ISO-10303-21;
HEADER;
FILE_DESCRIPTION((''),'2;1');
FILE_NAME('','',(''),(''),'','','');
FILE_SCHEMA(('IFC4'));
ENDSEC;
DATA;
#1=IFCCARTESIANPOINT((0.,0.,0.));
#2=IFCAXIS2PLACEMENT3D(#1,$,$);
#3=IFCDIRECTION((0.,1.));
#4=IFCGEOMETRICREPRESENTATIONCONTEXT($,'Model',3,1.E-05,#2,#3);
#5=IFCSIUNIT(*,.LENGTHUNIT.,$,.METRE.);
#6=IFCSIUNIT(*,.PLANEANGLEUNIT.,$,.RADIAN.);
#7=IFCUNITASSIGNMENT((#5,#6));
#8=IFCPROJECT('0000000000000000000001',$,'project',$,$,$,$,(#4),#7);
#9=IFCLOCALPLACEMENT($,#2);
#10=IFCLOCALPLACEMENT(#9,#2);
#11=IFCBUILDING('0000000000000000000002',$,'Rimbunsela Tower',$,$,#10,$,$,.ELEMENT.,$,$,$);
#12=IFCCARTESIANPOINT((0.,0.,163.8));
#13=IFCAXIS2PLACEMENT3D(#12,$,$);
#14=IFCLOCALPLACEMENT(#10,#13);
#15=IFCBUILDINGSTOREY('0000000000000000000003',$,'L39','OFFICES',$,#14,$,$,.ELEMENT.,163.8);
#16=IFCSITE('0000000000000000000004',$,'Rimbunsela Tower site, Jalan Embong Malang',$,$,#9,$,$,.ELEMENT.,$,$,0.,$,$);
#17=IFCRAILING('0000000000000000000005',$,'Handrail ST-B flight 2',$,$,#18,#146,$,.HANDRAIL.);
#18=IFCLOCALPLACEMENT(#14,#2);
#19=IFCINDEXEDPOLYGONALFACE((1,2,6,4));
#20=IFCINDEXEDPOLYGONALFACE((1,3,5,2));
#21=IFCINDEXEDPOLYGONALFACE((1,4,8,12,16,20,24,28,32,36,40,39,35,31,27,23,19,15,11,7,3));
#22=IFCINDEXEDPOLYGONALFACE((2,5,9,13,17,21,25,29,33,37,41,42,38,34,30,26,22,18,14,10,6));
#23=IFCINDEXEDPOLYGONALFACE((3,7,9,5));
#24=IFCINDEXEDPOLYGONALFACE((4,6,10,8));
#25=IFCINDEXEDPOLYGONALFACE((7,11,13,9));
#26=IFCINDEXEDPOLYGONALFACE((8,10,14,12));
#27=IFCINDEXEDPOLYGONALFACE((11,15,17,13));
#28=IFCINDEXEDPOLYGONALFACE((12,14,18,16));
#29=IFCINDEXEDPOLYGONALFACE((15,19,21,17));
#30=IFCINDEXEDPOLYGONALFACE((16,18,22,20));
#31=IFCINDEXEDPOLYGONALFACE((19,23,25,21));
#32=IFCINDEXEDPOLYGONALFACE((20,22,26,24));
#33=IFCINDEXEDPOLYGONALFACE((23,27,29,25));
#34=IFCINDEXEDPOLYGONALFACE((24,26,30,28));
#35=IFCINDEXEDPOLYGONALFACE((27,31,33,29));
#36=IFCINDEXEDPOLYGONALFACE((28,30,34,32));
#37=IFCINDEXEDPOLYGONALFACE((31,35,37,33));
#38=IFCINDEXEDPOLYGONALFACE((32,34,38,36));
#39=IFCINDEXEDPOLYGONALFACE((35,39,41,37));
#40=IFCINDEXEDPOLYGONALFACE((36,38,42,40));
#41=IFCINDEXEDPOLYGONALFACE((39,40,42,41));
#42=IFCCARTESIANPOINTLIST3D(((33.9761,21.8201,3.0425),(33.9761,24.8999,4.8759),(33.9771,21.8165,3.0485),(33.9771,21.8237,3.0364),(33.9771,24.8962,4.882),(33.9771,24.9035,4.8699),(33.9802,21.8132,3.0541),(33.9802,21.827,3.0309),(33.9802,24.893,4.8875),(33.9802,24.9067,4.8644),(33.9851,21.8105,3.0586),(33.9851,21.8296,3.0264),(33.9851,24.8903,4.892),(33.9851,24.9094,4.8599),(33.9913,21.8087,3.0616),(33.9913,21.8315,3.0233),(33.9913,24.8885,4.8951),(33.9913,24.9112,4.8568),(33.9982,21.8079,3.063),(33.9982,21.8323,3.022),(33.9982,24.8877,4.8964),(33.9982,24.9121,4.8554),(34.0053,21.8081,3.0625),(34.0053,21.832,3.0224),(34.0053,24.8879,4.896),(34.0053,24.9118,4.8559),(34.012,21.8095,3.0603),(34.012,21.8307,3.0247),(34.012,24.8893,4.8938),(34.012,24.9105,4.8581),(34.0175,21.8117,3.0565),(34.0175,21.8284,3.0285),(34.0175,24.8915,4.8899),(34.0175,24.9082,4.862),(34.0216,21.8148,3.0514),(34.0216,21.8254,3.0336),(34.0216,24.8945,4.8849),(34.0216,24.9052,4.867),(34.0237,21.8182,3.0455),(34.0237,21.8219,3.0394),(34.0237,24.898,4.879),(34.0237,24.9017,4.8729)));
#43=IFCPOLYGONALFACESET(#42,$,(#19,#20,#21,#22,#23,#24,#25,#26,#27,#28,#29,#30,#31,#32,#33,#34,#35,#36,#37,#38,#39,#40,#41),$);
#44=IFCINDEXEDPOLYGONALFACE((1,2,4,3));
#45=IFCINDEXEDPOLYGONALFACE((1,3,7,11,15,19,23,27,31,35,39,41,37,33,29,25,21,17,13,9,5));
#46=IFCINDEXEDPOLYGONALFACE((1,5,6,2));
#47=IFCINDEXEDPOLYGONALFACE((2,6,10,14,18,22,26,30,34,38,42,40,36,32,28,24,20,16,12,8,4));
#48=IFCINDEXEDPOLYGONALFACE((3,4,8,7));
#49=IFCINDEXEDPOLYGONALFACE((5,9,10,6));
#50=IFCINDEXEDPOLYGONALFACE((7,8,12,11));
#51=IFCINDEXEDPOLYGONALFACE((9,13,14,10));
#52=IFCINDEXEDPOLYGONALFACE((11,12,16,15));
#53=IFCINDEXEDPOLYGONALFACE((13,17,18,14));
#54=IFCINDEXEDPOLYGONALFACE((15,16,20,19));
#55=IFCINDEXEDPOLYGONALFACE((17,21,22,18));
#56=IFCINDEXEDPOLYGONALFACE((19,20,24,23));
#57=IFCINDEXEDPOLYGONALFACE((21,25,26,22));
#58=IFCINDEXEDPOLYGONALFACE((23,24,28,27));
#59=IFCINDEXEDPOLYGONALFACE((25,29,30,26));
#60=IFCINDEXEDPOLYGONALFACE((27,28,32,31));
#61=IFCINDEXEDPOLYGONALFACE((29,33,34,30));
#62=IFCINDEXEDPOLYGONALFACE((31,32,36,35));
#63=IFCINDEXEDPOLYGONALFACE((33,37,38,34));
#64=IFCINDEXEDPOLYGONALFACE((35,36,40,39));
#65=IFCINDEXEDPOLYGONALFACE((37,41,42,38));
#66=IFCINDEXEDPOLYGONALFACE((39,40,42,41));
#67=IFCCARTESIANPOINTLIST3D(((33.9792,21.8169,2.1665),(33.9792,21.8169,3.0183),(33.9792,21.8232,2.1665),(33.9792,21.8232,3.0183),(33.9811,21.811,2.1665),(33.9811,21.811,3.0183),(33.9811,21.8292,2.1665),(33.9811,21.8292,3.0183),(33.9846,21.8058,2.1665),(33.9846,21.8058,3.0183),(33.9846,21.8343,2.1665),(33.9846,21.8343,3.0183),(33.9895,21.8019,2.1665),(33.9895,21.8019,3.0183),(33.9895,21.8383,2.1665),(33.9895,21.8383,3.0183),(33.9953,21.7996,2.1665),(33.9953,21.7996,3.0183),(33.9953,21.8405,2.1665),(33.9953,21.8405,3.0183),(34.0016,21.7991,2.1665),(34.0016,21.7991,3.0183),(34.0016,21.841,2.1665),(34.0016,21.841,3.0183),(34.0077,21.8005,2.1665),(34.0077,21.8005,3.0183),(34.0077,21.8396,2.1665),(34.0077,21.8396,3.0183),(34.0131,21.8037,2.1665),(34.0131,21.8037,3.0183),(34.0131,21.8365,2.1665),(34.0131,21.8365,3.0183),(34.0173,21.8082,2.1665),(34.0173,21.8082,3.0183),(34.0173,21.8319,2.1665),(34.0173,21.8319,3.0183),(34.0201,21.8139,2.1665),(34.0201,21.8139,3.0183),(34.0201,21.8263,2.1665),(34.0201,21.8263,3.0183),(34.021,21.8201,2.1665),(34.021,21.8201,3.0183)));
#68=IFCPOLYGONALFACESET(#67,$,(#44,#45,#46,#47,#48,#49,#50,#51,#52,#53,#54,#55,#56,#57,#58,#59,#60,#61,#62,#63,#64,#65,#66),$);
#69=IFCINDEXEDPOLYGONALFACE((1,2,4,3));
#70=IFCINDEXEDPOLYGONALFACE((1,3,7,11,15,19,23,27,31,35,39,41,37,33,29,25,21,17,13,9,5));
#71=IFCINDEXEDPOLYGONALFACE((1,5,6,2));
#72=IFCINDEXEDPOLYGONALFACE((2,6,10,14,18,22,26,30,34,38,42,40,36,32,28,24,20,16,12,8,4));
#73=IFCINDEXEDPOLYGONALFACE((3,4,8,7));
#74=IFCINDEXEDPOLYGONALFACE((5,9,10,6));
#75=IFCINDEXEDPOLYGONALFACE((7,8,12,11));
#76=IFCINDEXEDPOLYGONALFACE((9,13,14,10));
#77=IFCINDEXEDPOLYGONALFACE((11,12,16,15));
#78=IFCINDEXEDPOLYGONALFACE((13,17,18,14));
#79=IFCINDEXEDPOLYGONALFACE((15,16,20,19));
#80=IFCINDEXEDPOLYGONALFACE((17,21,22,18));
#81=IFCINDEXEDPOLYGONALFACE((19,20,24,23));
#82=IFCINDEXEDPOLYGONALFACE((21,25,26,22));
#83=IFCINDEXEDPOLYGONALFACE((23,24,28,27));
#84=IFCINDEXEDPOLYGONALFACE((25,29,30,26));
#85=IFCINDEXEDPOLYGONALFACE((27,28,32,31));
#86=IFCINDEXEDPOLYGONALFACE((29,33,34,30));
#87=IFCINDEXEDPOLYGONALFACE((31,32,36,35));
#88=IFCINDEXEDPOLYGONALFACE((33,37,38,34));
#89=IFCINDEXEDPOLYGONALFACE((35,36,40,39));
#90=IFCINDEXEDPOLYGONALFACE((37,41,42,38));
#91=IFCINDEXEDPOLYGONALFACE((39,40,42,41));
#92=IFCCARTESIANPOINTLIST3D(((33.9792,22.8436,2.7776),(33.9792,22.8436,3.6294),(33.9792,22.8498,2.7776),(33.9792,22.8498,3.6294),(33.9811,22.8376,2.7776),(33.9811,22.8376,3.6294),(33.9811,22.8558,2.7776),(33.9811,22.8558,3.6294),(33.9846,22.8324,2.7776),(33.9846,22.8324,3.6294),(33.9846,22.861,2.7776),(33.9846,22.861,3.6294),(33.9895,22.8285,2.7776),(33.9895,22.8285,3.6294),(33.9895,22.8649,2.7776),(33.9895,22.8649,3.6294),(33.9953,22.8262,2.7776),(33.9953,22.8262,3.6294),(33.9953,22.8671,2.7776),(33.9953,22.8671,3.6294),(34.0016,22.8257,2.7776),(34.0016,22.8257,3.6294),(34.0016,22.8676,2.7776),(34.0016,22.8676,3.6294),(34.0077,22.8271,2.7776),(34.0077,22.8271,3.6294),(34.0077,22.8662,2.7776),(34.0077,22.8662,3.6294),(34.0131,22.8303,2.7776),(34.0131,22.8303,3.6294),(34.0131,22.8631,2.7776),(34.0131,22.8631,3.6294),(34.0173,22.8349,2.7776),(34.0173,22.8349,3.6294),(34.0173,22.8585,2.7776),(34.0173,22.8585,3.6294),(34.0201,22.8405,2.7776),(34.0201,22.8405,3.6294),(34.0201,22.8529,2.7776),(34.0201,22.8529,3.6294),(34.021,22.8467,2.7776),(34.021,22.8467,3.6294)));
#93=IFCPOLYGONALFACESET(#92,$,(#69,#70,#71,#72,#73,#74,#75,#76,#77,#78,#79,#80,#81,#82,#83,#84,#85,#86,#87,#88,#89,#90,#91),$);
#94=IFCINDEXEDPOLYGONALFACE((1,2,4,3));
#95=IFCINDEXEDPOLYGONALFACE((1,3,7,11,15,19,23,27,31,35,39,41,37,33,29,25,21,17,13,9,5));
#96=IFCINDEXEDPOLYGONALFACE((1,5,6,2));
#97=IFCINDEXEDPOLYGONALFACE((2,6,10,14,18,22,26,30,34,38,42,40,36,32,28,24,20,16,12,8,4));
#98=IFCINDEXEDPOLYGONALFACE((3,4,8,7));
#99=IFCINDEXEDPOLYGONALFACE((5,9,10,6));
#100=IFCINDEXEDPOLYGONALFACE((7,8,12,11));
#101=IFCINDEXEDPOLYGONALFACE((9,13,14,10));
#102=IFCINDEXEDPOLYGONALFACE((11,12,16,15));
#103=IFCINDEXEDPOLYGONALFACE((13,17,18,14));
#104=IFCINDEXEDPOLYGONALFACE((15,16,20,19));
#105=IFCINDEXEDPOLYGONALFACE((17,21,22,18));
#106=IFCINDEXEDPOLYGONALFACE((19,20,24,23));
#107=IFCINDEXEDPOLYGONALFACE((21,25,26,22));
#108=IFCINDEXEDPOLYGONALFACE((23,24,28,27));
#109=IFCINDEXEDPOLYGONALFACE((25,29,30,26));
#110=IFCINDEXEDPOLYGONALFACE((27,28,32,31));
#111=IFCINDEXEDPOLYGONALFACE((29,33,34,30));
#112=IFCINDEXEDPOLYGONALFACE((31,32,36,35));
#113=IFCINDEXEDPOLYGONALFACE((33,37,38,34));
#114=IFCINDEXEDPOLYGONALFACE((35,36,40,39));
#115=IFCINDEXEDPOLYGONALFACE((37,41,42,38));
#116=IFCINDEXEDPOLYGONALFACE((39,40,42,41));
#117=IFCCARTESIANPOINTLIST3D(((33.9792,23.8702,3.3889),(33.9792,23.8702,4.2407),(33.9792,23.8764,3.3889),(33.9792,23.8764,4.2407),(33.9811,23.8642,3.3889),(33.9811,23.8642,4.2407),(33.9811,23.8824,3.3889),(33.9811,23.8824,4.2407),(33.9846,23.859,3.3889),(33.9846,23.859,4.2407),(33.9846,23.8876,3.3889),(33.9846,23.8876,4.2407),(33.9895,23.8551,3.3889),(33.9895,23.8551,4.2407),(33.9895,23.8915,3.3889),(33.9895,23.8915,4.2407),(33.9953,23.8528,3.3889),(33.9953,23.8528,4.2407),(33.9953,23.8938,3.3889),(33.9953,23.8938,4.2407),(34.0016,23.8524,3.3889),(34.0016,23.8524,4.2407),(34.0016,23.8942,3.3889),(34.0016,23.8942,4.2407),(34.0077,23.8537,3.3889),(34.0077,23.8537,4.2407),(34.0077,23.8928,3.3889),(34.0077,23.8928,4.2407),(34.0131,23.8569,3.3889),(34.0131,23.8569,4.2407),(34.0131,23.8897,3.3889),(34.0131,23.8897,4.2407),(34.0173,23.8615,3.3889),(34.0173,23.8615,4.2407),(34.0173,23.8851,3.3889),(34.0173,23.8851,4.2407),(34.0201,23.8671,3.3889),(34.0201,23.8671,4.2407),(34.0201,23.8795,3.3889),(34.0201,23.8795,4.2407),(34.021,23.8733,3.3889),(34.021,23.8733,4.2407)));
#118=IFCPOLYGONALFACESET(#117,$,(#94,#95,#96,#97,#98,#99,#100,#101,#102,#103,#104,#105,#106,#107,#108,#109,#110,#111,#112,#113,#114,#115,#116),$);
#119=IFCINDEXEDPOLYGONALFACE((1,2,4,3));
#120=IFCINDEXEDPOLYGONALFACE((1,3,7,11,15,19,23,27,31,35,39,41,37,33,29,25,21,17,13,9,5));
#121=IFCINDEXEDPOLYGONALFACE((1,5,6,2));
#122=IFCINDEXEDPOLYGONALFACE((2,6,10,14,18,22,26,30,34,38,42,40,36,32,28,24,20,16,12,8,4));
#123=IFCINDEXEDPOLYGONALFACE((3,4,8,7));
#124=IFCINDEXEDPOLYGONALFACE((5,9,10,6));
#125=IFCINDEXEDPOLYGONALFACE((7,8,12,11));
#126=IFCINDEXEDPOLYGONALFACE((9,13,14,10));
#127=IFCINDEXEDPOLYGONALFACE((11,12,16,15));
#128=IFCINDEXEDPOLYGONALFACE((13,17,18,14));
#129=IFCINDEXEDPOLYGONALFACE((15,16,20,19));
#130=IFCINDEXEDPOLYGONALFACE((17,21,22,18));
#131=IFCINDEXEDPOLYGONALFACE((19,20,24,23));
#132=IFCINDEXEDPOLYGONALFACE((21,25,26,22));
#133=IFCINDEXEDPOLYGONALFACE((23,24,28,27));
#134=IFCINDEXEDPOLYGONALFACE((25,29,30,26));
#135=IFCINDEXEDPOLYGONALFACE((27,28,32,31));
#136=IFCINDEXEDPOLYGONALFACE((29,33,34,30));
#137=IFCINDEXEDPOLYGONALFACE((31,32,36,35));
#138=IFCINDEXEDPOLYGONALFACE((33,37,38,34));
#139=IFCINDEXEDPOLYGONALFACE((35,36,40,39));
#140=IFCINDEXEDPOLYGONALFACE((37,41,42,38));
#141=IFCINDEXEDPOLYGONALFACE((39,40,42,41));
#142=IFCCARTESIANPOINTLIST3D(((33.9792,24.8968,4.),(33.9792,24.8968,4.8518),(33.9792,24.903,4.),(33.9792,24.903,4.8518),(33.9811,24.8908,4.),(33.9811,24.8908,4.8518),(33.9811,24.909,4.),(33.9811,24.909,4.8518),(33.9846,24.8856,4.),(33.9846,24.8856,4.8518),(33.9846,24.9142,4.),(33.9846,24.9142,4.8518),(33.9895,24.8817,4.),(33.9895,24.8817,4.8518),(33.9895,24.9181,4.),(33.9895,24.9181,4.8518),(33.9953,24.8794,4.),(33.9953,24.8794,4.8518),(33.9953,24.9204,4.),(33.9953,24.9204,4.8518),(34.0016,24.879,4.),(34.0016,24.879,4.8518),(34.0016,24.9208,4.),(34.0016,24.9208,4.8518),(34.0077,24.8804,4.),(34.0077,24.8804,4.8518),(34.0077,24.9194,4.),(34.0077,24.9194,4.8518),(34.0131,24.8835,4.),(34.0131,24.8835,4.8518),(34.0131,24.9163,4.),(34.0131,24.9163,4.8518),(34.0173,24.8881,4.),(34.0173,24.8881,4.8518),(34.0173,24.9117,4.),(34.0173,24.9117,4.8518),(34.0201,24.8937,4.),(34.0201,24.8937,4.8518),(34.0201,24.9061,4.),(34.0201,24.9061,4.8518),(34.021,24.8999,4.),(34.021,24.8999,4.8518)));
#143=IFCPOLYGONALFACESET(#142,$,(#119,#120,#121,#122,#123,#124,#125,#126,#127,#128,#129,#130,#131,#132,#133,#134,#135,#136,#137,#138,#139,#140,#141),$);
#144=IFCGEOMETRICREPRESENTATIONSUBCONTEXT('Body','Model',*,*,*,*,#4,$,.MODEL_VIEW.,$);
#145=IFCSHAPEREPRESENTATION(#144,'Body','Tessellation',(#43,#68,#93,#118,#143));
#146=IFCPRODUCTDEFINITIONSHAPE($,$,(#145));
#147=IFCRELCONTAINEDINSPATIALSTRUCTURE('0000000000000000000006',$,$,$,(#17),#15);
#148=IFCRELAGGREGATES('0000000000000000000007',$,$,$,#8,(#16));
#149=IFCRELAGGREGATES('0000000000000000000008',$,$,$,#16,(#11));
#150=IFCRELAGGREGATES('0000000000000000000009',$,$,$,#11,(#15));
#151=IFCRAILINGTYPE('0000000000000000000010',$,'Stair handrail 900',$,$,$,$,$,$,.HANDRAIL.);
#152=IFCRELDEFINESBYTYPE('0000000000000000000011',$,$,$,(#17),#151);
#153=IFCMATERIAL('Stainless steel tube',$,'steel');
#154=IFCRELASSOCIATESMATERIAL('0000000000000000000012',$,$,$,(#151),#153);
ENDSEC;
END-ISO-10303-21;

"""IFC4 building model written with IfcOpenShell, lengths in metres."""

from ifc_helpers import new_model, si_unit, direction, frame, origin, origin_2d, place, context, subcontext, project, spatial, circle, extrude, material, type_object, element, save


model = new_model("IFC4")

# Units and contexts
model_context = context("Model", 3, precision=1e-05, world=origin(), true_north=direction((0.0, 1.0)))
body_context = subcontext(model_context, "Body", "Model", "MODEL_VIEW")
ifc_project = project(units=[si_unit("LENGTHUNIT", "METRE"), si_unit("PLANEANGLEUNIT", "RADIAN")], contexts=[model_context])

# Site, building, storey
site_placement = place(None, origin())
site = spatial("IfcSite", under=ifc_project, at=site_placement, Name="Rimbunsela Tower site, Jalan Embong Malang", CompositionType="ELEMENT", RefElevation=0.0)
building_placement = place(site_placement, origin())
building = spatial("IfcBuilding", under=site, at=building_placement, Name="Rimbunsela Tower", CompositionType="ELEMENT")
storey_placement = place(building_placement, frame((0.0, 0.0, 163.8)))
storey = spatial("IfcBuildingStorey", under=building, at=storey_placement, Name="L39", Description="OFFICES", CompositionType="ELEMENT", Elevation=163.8)

# Railing
ifc_material_1 = material(Name="Stainless steel tube", Category="steel")
railing_type = type_object("IfcRailingType", Name="Stair handrail 900", PredefinedType="HANDRAIL", material=ifc_material_1)
railing_placement = place(storey_placement, frame((34.0, 21.8201, 2.1665)))
element("IfcRailing", 1, at=railing_placement, inside=storey, type_object=railing_type, Name="Handrail ST-B flight 2", PredefinedType="HANDRAIL", context=body_context, shape_type="SweptSolid", body=[
    extrude(circle(Radius=0.0239, at=origin_2d()), frame((0.0, 0.0, 0.876), z_axis=(0.0, 0.859261, 0.511538), x_axis=(-1.0, 0.0, 0.0)), (0.0, 0.0, 1.0), 3.5842),
    extrude(circle(Radius=0.021, at=origin_2d()), origin(), (0.0, 0.0, 1.0), 0.8518),
    extrude(circle(Radius=0.021, at=origin_2d()), frame((0.0, 1.0266, 0.6111)), (0.0, 0.0, 1.0), 0.8518),
    extrude(circle(Radius=0.021, at=origin_2d()), frame((0.0, 2.0532, 1.2224)), (0.0, 0.0, 1.0), 0.8518),
    extrude(circle(Radius=0.021, at=origin_2d()), frame((0.0, 3.0798, 1.8335)), (0.0, 0.0, 1.0), 0.8518),
])

save(model, "model.ifc")
